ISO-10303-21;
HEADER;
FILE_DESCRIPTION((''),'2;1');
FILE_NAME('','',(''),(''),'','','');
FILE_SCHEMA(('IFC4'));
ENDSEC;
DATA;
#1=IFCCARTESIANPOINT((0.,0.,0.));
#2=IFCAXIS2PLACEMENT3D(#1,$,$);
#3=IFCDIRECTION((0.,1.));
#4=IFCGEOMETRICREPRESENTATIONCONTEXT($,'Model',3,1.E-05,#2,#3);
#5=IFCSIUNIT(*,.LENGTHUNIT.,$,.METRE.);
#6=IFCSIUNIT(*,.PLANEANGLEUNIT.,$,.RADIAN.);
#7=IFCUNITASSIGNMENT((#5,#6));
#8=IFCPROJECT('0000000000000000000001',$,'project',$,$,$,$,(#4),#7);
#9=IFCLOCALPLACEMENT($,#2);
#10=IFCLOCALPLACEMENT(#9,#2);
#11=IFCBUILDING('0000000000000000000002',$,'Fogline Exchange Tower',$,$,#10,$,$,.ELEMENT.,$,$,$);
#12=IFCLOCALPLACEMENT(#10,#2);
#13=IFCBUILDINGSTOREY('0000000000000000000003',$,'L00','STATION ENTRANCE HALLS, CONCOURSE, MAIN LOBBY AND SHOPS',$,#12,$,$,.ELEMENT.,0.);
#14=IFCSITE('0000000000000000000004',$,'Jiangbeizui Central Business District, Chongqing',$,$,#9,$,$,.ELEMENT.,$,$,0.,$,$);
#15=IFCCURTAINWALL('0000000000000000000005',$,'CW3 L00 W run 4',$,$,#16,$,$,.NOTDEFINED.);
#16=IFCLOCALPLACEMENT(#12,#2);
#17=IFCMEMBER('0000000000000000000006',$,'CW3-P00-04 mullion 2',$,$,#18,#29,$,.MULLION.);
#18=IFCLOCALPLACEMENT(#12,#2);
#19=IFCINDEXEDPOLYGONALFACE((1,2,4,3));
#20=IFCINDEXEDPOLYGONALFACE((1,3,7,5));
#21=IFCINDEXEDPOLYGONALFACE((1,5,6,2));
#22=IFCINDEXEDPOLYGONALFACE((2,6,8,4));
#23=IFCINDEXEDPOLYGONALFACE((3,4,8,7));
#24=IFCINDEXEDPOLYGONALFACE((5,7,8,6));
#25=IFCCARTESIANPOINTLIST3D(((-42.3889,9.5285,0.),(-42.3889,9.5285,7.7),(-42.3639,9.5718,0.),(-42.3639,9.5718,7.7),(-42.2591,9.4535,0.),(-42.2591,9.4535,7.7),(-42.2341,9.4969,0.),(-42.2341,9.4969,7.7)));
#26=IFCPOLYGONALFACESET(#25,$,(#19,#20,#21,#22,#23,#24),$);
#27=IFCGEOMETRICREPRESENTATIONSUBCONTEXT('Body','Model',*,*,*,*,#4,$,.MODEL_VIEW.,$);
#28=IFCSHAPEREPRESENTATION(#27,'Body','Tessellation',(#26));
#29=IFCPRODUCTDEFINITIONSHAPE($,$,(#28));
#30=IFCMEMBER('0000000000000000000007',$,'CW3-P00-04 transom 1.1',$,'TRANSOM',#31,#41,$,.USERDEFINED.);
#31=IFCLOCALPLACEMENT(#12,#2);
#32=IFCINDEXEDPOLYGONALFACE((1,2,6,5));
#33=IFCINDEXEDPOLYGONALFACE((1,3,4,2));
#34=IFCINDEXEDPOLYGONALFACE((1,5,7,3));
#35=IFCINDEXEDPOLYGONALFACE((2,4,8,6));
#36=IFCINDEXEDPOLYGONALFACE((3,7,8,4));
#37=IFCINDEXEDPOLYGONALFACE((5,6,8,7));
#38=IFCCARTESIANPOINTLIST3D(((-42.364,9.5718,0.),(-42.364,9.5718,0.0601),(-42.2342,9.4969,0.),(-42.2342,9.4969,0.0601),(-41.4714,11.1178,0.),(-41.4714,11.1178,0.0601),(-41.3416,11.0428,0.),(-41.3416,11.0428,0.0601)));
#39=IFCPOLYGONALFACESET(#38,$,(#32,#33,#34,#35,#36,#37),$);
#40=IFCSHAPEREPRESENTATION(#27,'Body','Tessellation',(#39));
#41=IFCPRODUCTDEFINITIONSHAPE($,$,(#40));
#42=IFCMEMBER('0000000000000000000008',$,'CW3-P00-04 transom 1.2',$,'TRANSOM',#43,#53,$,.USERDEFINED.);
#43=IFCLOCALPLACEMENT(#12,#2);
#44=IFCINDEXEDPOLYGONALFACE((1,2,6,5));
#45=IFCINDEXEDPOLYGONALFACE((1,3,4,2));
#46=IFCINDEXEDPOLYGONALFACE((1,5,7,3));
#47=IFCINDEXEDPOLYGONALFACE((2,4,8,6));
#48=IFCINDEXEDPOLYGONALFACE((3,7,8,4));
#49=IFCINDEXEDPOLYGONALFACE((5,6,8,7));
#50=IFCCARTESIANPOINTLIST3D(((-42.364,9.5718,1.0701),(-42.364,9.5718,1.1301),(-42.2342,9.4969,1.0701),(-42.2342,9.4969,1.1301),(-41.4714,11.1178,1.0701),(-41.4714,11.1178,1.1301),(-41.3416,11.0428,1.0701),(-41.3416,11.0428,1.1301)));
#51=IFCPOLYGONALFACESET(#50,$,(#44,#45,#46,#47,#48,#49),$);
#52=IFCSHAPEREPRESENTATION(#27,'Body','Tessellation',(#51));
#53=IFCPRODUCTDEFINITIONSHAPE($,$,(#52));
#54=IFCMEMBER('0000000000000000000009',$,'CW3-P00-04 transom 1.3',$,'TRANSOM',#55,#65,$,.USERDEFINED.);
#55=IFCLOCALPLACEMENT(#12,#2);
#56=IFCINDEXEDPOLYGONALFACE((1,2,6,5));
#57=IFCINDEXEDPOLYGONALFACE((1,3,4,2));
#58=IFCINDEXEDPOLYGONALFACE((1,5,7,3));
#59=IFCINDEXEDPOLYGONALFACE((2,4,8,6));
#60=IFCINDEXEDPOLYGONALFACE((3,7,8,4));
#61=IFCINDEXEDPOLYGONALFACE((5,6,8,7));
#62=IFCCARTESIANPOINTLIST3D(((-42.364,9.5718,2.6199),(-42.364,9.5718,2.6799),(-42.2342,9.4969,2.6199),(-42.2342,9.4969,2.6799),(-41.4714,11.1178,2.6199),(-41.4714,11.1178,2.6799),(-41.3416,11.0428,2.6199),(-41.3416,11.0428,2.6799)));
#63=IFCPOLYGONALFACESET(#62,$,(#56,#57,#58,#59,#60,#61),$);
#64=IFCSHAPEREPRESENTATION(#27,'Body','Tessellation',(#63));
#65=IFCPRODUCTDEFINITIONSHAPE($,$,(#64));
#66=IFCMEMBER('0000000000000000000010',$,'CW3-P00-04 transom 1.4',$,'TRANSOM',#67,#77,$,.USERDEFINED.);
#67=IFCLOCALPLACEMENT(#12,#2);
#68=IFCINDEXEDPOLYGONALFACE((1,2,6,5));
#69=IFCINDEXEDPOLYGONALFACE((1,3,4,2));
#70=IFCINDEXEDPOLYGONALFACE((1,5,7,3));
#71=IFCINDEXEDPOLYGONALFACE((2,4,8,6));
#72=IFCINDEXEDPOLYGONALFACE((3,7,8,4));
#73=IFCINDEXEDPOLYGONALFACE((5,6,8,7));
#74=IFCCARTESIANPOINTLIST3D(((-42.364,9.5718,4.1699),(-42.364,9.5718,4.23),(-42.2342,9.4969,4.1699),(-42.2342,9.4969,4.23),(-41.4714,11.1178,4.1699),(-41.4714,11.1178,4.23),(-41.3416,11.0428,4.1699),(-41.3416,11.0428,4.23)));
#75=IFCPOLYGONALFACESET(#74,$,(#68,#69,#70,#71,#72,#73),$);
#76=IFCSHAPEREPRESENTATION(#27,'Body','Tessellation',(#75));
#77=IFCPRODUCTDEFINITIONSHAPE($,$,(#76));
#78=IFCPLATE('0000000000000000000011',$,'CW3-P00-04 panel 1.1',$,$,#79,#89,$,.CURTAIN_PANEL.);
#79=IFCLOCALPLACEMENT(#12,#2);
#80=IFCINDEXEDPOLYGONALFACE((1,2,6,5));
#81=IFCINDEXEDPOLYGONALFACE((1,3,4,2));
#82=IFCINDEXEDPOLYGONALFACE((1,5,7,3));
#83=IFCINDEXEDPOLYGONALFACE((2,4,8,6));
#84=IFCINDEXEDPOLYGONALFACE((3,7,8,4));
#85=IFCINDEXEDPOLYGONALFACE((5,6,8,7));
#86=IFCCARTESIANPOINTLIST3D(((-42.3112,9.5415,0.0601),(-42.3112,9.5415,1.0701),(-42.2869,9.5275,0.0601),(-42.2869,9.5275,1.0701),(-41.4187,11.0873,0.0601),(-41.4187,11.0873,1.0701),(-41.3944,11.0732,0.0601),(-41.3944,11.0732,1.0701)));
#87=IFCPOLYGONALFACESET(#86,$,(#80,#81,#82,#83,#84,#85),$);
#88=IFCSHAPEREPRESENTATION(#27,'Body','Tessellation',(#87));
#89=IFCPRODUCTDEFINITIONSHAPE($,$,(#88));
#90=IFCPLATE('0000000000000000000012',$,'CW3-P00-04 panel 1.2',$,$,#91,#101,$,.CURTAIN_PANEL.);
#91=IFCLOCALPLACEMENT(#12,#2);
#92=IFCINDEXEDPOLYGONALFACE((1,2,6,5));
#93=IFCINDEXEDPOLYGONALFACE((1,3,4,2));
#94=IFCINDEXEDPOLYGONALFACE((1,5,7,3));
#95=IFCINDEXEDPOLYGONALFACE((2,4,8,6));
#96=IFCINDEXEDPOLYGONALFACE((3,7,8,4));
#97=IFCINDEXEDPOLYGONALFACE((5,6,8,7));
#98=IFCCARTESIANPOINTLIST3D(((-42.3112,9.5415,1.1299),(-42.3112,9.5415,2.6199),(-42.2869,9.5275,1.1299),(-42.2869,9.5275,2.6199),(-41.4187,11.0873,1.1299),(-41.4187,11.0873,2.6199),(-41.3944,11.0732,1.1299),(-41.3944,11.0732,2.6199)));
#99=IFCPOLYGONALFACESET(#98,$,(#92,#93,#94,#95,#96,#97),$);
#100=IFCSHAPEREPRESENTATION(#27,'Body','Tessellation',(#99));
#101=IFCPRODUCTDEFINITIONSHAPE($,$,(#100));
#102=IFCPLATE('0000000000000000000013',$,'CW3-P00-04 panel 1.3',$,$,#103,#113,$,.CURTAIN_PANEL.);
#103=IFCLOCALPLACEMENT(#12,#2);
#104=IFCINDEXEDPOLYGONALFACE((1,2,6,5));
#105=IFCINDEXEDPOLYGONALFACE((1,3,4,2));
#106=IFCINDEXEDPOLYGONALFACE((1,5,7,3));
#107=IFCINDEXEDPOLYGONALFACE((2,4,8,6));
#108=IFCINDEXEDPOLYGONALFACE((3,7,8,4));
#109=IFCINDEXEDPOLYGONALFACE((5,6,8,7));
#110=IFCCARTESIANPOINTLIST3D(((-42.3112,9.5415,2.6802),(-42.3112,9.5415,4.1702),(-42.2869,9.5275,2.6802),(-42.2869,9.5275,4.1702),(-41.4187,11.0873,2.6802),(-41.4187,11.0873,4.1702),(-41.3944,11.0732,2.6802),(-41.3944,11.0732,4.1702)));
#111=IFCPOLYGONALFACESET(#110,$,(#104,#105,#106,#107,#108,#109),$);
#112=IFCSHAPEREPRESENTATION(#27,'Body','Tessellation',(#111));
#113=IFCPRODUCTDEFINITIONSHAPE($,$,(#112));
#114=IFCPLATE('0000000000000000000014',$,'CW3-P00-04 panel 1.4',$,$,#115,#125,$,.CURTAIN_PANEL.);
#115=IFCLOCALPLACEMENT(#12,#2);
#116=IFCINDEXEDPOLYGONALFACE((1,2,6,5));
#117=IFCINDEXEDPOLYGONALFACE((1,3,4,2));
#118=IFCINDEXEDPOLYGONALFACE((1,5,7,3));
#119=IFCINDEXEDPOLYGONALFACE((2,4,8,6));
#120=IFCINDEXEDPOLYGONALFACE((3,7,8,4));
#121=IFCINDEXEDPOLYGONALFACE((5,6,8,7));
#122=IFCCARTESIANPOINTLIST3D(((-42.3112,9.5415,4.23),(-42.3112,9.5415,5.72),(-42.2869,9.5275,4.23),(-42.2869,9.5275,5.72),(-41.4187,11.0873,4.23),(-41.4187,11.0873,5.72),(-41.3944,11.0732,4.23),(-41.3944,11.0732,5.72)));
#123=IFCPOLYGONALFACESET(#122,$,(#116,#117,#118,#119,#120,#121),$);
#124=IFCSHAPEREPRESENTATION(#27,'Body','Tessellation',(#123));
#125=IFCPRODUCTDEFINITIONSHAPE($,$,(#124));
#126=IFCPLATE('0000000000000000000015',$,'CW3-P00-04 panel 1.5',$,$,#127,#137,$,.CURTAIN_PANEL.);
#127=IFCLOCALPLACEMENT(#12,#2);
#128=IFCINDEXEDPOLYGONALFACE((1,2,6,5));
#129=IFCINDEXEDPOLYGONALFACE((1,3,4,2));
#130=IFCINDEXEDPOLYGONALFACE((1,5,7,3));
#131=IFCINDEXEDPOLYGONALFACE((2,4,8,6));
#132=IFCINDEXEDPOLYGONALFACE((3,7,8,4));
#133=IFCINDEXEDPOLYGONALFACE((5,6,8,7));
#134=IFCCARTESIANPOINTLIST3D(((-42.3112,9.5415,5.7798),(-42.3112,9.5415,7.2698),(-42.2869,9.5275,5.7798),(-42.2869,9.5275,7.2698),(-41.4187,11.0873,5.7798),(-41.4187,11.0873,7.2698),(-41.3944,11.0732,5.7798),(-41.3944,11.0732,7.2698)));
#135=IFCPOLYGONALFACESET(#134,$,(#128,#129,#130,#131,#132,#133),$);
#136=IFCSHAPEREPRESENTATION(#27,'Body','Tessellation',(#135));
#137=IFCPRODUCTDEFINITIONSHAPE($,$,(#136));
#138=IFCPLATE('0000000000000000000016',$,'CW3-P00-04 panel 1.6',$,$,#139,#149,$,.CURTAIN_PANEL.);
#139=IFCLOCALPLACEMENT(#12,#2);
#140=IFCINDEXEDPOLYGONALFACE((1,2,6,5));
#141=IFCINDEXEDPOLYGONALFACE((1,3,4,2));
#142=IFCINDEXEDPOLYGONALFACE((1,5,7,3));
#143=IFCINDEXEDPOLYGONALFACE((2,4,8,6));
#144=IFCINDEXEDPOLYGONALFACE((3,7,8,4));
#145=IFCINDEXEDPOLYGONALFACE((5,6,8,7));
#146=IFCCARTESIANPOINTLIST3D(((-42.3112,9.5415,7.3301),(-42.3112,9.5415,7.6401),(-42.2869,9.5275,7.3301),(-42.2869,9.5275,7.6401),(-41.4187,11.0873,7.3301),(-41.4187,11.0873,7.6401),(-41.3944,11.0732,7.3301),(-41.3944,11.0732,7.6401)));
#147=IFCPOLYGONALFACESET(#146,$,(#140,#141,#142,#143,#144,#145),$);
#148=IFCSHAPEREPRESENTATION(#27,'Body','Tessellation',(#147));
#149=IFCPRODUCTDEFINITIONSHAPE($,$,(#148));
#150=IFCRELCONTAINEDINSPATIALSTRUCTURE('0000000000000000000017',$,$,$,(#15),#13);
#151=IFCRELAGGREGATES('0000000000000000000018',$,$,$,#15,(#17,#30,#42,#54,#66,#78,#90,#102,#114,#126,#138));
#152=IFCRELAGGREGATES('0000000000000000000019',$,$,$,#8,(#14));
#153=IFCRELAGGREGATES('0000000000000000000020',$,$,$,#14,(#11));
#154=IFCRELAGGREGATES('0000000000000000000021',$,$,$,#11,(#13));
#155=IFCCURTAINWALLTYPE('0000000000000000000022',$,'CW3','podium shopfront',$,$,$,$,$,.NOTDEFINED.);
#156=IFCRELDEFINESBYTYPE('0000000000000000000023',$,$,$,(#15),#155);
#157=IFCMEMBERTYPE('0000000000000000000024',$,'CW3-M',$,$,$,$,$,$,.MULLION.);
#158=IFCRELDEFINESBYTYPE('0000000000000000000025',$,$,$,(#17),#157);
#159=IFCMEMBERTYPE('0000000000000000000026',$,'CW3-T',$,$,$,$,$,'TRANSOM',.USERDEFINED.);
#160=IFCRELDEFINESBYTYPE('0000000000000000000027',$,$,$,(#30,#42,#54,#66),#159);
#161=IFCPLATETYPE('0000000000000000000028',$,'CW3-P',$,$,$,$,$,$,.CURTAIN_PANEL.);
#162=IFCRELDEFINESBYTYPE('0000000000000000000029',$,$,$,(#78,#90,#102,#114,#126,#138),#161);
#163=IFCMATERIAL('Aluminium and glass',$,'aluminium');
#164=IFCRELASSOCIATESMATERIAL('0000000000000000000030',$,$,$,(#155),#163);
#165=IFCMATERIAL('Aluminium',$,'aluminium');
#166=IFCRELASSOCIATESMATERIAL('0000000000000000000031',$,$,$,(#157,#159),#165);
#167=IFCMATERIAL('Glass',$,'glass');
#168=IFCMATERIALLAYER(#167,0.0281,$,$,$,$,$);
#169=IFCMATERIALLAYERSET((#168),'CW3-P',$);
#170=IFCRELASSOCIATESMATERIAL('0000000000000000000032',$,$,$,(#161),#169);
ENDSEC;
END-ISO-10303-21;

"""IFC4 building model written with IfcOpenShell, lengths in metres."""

from ifc_helpers import new_model, si_unit, direction, frame, origin, origin_2d, place, context, subcontext, project, spatial, rectangle, extrude, material, layer, layer_set, material_profile, profile_set, type_object, element, aggregate, save


model = new_model("IFC4")

# Units and contexts
model_context = context("Model", 3, precision=1e-05, world=origin(), true_north=direction((0.0, 1.0)))
body_context = subcontext(model_context, "Body", "Model", "MODEL_VIEW")
ifc_project = project(units=[si_unit("LENGTHUNIT", "METRE"), si_unit("PLANEANGLEUNIT", "RADIAN")], contexts=[model_context])

# Site, building, storey
site_placement = place(None, origin())
site = spatial("IfcSite", under=ifc_project, at=site_placement, Name="Jiangbeizui Central Business District, Chongqing", CompositionType="ELEMENT", RefElevation=0.0)
building_placement = place(site_placement, origin())
building = spatial("IfcBuilding", under=site, at=building_placement, Name="Fogline Exchange Tower", CompositionType="ELEMENT")
storey_placement = place(building_placement, origin())
storey = spatial("IfcBuildingStorey", under=building, at=storey_placement, Name="L00", Description="STATION ENTRANCE HALLS, CONCOURSE, MAIN LOBBY AND SHOPS", CompositionType="ELEMENT", Elevation=0.0)

# Curtain wall, members, plates
ifc_material_1 = material(Name="Aluminium and glass", Category="aluminium")
curtain_wall_type = type_object("IfcCurtainWallType", Name="CW3", Description="podium shopfront", PredefinedType="NOTDEFINED", material=ifc_material_1)
curtain_wall_placement = place(storey_placement, origin())
curtain_wall = element("IfcCurtainWall", 1, at=curtain_wall_placement, inside=storey, type_object=curtain_wall_type, Name="CW3 L00 W run 4", PredefinedType="NOTDEFINED")
ifc_material_2 = material(Name="Aluminium", Category="aluminium")
ifc_material_profile_1 = material_profile(ifc_material_2, rectangle(XDim=0.1499, YDim=0.05, at=origin_2d()), Name="Mullion 50x150")
ifc_profile_set_1 = profile_set([ifc_material_profile_1], Name="Aluminium")
member_type_1 = type_object("IfcMemberType", Name="CW3-M", PredefinedType="MULLION", material=ifc_profile_set_1)
member_1_placement = place(storey_placement, frame((-42.3115, 9.5127, 0.0), z_axis=(0.0, 0.0, 1.0), x_axis=(0.866024, -0.500002, 0.0)))
member_1 = element("IfcMember", 2, at=member_1_placement, type_object=member_type_1, Name="CW3-P00-04 mullion 2", PredefinedType="MULLION", context=body_context, shape_type="SweptSolid", body=[
    extrude(rectangle(XDim=0.1499, YDim=0.05, at=origin_2d()), origin(), (0.0, 0.0, 1.0), 7.7),
])
ifc_material_profile_2 = material_profile(ifc_material_2, rectangle(XDim=0.1499, YDim=0.0601, at=origin_2d()), Name="Transom 60x150")
ifc_profile_set_2 = profile_set([ifc_material_profile_2], Name="Aluminium")
member_type_2 = type_object("IfcMemberType", Name="CW3-T", ElementType="TRANSOM", PredefinedType="USERDEFINED", material=ifc_profile_set_2)
member_2_placement = place(storey_placement, frame((-41.4065, 11.0803, 0.03), z_axis=(-0.500022, -0.866012, 0.0), x_axis=(0.866012, -0.500022, 0.0)))
member_2 = element("IfcMember", 3, at=member_2_placement, type_object=member_type_2, Name="CW3-P00-04 transom 1.1", ObjectType="TRANSOM", PredefinedType="USERDEFINED", context=body_context, shape_type="SweptSolid", body=[
    extrude(rectangle(XDim=0.1499, YDim=0.0601, at=origin_2d()), origin(), (0.0, 0.0, 1.0), 1.7852),
])
member_3_placement = place(storey_placement, frame((-41.4065, 11.0803, 1.1001), z_axis=(-0.500022, -0.866012, 0.0), x_axis=(0.866012, -0.500022, 0.0)))
member_3 = element("IfcMember", 4, at=member_3_placement, type_object=member_type_2, Name="CW3-P00-04 transom 1.2", ObjectType="TRANSOM", PredefinedType="USERDEFINED", context=body_context, shape_type="SweptSolid", body=[
    extrude(rectangle(XDim=0.1499, YDim=0.0601, at=origin_2d()), origin(), (0.0, 0.0, 1.0), 1.7852),
])
member_4_placement = place(storey_placement, frame((-41.4065, 11.0803, 2.6499), z_axis=(-0.500022, -0.866012, 0.0), x_axis=(0.866012, -0.500022, 0.0)))
member_4 = element("IfcMember", 5, at=member_4_placement, type_object=member_type_2, Name="CW3-P00-04 transom 1.3", ObjectType="TRANSOM", PredefinedType="USERDEFINED", context=body_context, shape_type="SweptSolid", body=[
    extrude(rectangle(XDim=0.1499, YDim=0.0601, at=origin_2d()), origin(), (0.0, 0.0, 1.0), 1.7852),
])
member_5_placement = place(storey_placement, frame((-41.4065, 11.0803, 4.2), z_axis=(-0.500022, -0.866012, 0.0), x_axis=(0.866012, -0.500022, 0.0)))
member_5 = element("IfcMember", 6, at=member_5_placement, type_object=member_type_2, Name="CW3-P00-04 transom 1.4", ObjectType="TRANSOM", PredefinedType="USERDEFINED", context=body_context, shape_type="SweptSolid", body=[
    extrude(rectangle(XDim=0.1499, YDim=0.0601, at=origin_2d()), origin(), (0.0, 0.0, 1.0), 1.7852),
])
ifc_material_3 = material(Name="Glass", Category="glass")
ifc_layer_1 = layer(ifc_material_3, 0.0281)
ifc_layer_set_1 = layer_set([ifc_layer_1], Name="CW3-P")
plate_type = type_object("IfcPlateType", Name="CW3-P", PredefinedType="CURTAIN_PANEL", material=ifc_layer_set_1)
plate_1_placement = place(storey_placement, frame((-41.8528, 10.3074, 0.0601), z_axis=(0.0, 0.0, 1.0), x_axis=(-0.500002, -0.866024, 0.0)))
plate_1 = element("IfcPlate", 7, at=plate_1_placement, type_object=plate_type, Name="CW3-P00-04 panel 1.1", PredefinedType="CURTAIN_PANEL", context=body_context, shape_type="SweptSolid", body=[
    extrude(rectangle(XDim=1.7849, YDim=0.0281, at=origin_2d()), origin(), (0.0, 0.0, 1.0), 1.01),
])
plate_2_placement = place(storey_placement, frame((-41.8528, 10.3074, 1.1299), z_axis=(0.0, 0.0, 1.0), x_axis=(-0.500002, -0.866024, 0.0)))
plate_2 = element("IfcPlate", 8, at=plate_2_placement, type_object=plate_type, Name="CW3-P00-04 panel 1.2", PredefinedType="CURTAIN_PANEL", context=body_context, shape_type="SweptSolid", body=[
    extrude(rectangle(XDim=1.7849, YDim=0.0281, at=origin_2d()), origin(), (0.0, 0.0, 1.0), 1.49),
])
plate_3_placement = place(storey_placement, frame((-41.8528, 10.3074, 2.6802), z_axis=(0.0, 0.0, 1.0), x_axis=(-0.500002, -0.866024, 0.0)))
plate_3 = element("IfcPlate", 9, at=plate_3_placement, type_object=plate_type, Name="CW3-P00-04 panel 1.3", PredefinedType="CURTAIN_PANEL", context=body_context, shape_type="SweptSolid", body=[
    extrude(rectangle(XDim=1.7849, YDim=0.0281, at=origin_2d()), origin(), (0.0, 0.0, 1.0), 1.49),
])
plate_4_placement = place(storey_placement, frame((-41.8528, 10.3074, 4.23), z_axis=(0.0, 0.0, 1.0), x_axis=(-0.500002, -0.866024, 0.0)))
plate_4 = element("IfcPlate", 10, at=plate_4_placement, type_object=plate_type, Name="CW3-P00-04 panel 1.4", PredefinedType="CURTAIN_PANEL", context=body_context, shape_type="SweptSolid", body=[
    extrude(rectangle(XDim=1.7849, YDim=0.0281, at=origin_2d()), origin(), (0.0, 0.0, 1.0), 1.49),
])
plate_5_placement = place(storey_placement, frame((-41.8528, 10.3074, 5.7798), z_axis=(0.0, 0.0, 1.0), x_axis=(-0.500002, -0.866024, 0.0)))
plate_5 = element("IfcPlate", 11, at=plate_5_placement, type_object=plate_type, Name="CW3-P00-04 panel 1.5", PredefinedType="CURTAIN_PANEL", context=body_context, shape_type="SweptSolid", body=[
    extrude(rectangle(XDim=1.7849, YDim=0.0281, at=origin_2d()), origin(), (0.0, 0.0, 1.0), 1.49),
])
plate_6_placement = place(storey_placement, frame((-41.8528, 10.3074, 7.3301), z_axis=(0.0, 0.0, 1.0), x_axis=(-0.500002, -0.866024, 0.0)))
plate_6 = element("IfcPlate", 12, at=plate_6_placement, type_object=plate_type, Name="CW3-P00-04 panel 1.6", PredefinedType="CURTAIN_PANEL", context=body_context, shape_type="SweptSolid", body=[
    extrude(rectangle(XDim=1.7849, YDim=0.0281, at=origin_2d()), origin(), (0.0, 0.0, 1.0), 0.3101),
])
aggregate(curtain_wall, [member_1, member_2, member_3, member_4, member_5, plate_1, plate_2, plate_3, plate_4, plate_5, plate_6])

save(model, "model.ifc")
